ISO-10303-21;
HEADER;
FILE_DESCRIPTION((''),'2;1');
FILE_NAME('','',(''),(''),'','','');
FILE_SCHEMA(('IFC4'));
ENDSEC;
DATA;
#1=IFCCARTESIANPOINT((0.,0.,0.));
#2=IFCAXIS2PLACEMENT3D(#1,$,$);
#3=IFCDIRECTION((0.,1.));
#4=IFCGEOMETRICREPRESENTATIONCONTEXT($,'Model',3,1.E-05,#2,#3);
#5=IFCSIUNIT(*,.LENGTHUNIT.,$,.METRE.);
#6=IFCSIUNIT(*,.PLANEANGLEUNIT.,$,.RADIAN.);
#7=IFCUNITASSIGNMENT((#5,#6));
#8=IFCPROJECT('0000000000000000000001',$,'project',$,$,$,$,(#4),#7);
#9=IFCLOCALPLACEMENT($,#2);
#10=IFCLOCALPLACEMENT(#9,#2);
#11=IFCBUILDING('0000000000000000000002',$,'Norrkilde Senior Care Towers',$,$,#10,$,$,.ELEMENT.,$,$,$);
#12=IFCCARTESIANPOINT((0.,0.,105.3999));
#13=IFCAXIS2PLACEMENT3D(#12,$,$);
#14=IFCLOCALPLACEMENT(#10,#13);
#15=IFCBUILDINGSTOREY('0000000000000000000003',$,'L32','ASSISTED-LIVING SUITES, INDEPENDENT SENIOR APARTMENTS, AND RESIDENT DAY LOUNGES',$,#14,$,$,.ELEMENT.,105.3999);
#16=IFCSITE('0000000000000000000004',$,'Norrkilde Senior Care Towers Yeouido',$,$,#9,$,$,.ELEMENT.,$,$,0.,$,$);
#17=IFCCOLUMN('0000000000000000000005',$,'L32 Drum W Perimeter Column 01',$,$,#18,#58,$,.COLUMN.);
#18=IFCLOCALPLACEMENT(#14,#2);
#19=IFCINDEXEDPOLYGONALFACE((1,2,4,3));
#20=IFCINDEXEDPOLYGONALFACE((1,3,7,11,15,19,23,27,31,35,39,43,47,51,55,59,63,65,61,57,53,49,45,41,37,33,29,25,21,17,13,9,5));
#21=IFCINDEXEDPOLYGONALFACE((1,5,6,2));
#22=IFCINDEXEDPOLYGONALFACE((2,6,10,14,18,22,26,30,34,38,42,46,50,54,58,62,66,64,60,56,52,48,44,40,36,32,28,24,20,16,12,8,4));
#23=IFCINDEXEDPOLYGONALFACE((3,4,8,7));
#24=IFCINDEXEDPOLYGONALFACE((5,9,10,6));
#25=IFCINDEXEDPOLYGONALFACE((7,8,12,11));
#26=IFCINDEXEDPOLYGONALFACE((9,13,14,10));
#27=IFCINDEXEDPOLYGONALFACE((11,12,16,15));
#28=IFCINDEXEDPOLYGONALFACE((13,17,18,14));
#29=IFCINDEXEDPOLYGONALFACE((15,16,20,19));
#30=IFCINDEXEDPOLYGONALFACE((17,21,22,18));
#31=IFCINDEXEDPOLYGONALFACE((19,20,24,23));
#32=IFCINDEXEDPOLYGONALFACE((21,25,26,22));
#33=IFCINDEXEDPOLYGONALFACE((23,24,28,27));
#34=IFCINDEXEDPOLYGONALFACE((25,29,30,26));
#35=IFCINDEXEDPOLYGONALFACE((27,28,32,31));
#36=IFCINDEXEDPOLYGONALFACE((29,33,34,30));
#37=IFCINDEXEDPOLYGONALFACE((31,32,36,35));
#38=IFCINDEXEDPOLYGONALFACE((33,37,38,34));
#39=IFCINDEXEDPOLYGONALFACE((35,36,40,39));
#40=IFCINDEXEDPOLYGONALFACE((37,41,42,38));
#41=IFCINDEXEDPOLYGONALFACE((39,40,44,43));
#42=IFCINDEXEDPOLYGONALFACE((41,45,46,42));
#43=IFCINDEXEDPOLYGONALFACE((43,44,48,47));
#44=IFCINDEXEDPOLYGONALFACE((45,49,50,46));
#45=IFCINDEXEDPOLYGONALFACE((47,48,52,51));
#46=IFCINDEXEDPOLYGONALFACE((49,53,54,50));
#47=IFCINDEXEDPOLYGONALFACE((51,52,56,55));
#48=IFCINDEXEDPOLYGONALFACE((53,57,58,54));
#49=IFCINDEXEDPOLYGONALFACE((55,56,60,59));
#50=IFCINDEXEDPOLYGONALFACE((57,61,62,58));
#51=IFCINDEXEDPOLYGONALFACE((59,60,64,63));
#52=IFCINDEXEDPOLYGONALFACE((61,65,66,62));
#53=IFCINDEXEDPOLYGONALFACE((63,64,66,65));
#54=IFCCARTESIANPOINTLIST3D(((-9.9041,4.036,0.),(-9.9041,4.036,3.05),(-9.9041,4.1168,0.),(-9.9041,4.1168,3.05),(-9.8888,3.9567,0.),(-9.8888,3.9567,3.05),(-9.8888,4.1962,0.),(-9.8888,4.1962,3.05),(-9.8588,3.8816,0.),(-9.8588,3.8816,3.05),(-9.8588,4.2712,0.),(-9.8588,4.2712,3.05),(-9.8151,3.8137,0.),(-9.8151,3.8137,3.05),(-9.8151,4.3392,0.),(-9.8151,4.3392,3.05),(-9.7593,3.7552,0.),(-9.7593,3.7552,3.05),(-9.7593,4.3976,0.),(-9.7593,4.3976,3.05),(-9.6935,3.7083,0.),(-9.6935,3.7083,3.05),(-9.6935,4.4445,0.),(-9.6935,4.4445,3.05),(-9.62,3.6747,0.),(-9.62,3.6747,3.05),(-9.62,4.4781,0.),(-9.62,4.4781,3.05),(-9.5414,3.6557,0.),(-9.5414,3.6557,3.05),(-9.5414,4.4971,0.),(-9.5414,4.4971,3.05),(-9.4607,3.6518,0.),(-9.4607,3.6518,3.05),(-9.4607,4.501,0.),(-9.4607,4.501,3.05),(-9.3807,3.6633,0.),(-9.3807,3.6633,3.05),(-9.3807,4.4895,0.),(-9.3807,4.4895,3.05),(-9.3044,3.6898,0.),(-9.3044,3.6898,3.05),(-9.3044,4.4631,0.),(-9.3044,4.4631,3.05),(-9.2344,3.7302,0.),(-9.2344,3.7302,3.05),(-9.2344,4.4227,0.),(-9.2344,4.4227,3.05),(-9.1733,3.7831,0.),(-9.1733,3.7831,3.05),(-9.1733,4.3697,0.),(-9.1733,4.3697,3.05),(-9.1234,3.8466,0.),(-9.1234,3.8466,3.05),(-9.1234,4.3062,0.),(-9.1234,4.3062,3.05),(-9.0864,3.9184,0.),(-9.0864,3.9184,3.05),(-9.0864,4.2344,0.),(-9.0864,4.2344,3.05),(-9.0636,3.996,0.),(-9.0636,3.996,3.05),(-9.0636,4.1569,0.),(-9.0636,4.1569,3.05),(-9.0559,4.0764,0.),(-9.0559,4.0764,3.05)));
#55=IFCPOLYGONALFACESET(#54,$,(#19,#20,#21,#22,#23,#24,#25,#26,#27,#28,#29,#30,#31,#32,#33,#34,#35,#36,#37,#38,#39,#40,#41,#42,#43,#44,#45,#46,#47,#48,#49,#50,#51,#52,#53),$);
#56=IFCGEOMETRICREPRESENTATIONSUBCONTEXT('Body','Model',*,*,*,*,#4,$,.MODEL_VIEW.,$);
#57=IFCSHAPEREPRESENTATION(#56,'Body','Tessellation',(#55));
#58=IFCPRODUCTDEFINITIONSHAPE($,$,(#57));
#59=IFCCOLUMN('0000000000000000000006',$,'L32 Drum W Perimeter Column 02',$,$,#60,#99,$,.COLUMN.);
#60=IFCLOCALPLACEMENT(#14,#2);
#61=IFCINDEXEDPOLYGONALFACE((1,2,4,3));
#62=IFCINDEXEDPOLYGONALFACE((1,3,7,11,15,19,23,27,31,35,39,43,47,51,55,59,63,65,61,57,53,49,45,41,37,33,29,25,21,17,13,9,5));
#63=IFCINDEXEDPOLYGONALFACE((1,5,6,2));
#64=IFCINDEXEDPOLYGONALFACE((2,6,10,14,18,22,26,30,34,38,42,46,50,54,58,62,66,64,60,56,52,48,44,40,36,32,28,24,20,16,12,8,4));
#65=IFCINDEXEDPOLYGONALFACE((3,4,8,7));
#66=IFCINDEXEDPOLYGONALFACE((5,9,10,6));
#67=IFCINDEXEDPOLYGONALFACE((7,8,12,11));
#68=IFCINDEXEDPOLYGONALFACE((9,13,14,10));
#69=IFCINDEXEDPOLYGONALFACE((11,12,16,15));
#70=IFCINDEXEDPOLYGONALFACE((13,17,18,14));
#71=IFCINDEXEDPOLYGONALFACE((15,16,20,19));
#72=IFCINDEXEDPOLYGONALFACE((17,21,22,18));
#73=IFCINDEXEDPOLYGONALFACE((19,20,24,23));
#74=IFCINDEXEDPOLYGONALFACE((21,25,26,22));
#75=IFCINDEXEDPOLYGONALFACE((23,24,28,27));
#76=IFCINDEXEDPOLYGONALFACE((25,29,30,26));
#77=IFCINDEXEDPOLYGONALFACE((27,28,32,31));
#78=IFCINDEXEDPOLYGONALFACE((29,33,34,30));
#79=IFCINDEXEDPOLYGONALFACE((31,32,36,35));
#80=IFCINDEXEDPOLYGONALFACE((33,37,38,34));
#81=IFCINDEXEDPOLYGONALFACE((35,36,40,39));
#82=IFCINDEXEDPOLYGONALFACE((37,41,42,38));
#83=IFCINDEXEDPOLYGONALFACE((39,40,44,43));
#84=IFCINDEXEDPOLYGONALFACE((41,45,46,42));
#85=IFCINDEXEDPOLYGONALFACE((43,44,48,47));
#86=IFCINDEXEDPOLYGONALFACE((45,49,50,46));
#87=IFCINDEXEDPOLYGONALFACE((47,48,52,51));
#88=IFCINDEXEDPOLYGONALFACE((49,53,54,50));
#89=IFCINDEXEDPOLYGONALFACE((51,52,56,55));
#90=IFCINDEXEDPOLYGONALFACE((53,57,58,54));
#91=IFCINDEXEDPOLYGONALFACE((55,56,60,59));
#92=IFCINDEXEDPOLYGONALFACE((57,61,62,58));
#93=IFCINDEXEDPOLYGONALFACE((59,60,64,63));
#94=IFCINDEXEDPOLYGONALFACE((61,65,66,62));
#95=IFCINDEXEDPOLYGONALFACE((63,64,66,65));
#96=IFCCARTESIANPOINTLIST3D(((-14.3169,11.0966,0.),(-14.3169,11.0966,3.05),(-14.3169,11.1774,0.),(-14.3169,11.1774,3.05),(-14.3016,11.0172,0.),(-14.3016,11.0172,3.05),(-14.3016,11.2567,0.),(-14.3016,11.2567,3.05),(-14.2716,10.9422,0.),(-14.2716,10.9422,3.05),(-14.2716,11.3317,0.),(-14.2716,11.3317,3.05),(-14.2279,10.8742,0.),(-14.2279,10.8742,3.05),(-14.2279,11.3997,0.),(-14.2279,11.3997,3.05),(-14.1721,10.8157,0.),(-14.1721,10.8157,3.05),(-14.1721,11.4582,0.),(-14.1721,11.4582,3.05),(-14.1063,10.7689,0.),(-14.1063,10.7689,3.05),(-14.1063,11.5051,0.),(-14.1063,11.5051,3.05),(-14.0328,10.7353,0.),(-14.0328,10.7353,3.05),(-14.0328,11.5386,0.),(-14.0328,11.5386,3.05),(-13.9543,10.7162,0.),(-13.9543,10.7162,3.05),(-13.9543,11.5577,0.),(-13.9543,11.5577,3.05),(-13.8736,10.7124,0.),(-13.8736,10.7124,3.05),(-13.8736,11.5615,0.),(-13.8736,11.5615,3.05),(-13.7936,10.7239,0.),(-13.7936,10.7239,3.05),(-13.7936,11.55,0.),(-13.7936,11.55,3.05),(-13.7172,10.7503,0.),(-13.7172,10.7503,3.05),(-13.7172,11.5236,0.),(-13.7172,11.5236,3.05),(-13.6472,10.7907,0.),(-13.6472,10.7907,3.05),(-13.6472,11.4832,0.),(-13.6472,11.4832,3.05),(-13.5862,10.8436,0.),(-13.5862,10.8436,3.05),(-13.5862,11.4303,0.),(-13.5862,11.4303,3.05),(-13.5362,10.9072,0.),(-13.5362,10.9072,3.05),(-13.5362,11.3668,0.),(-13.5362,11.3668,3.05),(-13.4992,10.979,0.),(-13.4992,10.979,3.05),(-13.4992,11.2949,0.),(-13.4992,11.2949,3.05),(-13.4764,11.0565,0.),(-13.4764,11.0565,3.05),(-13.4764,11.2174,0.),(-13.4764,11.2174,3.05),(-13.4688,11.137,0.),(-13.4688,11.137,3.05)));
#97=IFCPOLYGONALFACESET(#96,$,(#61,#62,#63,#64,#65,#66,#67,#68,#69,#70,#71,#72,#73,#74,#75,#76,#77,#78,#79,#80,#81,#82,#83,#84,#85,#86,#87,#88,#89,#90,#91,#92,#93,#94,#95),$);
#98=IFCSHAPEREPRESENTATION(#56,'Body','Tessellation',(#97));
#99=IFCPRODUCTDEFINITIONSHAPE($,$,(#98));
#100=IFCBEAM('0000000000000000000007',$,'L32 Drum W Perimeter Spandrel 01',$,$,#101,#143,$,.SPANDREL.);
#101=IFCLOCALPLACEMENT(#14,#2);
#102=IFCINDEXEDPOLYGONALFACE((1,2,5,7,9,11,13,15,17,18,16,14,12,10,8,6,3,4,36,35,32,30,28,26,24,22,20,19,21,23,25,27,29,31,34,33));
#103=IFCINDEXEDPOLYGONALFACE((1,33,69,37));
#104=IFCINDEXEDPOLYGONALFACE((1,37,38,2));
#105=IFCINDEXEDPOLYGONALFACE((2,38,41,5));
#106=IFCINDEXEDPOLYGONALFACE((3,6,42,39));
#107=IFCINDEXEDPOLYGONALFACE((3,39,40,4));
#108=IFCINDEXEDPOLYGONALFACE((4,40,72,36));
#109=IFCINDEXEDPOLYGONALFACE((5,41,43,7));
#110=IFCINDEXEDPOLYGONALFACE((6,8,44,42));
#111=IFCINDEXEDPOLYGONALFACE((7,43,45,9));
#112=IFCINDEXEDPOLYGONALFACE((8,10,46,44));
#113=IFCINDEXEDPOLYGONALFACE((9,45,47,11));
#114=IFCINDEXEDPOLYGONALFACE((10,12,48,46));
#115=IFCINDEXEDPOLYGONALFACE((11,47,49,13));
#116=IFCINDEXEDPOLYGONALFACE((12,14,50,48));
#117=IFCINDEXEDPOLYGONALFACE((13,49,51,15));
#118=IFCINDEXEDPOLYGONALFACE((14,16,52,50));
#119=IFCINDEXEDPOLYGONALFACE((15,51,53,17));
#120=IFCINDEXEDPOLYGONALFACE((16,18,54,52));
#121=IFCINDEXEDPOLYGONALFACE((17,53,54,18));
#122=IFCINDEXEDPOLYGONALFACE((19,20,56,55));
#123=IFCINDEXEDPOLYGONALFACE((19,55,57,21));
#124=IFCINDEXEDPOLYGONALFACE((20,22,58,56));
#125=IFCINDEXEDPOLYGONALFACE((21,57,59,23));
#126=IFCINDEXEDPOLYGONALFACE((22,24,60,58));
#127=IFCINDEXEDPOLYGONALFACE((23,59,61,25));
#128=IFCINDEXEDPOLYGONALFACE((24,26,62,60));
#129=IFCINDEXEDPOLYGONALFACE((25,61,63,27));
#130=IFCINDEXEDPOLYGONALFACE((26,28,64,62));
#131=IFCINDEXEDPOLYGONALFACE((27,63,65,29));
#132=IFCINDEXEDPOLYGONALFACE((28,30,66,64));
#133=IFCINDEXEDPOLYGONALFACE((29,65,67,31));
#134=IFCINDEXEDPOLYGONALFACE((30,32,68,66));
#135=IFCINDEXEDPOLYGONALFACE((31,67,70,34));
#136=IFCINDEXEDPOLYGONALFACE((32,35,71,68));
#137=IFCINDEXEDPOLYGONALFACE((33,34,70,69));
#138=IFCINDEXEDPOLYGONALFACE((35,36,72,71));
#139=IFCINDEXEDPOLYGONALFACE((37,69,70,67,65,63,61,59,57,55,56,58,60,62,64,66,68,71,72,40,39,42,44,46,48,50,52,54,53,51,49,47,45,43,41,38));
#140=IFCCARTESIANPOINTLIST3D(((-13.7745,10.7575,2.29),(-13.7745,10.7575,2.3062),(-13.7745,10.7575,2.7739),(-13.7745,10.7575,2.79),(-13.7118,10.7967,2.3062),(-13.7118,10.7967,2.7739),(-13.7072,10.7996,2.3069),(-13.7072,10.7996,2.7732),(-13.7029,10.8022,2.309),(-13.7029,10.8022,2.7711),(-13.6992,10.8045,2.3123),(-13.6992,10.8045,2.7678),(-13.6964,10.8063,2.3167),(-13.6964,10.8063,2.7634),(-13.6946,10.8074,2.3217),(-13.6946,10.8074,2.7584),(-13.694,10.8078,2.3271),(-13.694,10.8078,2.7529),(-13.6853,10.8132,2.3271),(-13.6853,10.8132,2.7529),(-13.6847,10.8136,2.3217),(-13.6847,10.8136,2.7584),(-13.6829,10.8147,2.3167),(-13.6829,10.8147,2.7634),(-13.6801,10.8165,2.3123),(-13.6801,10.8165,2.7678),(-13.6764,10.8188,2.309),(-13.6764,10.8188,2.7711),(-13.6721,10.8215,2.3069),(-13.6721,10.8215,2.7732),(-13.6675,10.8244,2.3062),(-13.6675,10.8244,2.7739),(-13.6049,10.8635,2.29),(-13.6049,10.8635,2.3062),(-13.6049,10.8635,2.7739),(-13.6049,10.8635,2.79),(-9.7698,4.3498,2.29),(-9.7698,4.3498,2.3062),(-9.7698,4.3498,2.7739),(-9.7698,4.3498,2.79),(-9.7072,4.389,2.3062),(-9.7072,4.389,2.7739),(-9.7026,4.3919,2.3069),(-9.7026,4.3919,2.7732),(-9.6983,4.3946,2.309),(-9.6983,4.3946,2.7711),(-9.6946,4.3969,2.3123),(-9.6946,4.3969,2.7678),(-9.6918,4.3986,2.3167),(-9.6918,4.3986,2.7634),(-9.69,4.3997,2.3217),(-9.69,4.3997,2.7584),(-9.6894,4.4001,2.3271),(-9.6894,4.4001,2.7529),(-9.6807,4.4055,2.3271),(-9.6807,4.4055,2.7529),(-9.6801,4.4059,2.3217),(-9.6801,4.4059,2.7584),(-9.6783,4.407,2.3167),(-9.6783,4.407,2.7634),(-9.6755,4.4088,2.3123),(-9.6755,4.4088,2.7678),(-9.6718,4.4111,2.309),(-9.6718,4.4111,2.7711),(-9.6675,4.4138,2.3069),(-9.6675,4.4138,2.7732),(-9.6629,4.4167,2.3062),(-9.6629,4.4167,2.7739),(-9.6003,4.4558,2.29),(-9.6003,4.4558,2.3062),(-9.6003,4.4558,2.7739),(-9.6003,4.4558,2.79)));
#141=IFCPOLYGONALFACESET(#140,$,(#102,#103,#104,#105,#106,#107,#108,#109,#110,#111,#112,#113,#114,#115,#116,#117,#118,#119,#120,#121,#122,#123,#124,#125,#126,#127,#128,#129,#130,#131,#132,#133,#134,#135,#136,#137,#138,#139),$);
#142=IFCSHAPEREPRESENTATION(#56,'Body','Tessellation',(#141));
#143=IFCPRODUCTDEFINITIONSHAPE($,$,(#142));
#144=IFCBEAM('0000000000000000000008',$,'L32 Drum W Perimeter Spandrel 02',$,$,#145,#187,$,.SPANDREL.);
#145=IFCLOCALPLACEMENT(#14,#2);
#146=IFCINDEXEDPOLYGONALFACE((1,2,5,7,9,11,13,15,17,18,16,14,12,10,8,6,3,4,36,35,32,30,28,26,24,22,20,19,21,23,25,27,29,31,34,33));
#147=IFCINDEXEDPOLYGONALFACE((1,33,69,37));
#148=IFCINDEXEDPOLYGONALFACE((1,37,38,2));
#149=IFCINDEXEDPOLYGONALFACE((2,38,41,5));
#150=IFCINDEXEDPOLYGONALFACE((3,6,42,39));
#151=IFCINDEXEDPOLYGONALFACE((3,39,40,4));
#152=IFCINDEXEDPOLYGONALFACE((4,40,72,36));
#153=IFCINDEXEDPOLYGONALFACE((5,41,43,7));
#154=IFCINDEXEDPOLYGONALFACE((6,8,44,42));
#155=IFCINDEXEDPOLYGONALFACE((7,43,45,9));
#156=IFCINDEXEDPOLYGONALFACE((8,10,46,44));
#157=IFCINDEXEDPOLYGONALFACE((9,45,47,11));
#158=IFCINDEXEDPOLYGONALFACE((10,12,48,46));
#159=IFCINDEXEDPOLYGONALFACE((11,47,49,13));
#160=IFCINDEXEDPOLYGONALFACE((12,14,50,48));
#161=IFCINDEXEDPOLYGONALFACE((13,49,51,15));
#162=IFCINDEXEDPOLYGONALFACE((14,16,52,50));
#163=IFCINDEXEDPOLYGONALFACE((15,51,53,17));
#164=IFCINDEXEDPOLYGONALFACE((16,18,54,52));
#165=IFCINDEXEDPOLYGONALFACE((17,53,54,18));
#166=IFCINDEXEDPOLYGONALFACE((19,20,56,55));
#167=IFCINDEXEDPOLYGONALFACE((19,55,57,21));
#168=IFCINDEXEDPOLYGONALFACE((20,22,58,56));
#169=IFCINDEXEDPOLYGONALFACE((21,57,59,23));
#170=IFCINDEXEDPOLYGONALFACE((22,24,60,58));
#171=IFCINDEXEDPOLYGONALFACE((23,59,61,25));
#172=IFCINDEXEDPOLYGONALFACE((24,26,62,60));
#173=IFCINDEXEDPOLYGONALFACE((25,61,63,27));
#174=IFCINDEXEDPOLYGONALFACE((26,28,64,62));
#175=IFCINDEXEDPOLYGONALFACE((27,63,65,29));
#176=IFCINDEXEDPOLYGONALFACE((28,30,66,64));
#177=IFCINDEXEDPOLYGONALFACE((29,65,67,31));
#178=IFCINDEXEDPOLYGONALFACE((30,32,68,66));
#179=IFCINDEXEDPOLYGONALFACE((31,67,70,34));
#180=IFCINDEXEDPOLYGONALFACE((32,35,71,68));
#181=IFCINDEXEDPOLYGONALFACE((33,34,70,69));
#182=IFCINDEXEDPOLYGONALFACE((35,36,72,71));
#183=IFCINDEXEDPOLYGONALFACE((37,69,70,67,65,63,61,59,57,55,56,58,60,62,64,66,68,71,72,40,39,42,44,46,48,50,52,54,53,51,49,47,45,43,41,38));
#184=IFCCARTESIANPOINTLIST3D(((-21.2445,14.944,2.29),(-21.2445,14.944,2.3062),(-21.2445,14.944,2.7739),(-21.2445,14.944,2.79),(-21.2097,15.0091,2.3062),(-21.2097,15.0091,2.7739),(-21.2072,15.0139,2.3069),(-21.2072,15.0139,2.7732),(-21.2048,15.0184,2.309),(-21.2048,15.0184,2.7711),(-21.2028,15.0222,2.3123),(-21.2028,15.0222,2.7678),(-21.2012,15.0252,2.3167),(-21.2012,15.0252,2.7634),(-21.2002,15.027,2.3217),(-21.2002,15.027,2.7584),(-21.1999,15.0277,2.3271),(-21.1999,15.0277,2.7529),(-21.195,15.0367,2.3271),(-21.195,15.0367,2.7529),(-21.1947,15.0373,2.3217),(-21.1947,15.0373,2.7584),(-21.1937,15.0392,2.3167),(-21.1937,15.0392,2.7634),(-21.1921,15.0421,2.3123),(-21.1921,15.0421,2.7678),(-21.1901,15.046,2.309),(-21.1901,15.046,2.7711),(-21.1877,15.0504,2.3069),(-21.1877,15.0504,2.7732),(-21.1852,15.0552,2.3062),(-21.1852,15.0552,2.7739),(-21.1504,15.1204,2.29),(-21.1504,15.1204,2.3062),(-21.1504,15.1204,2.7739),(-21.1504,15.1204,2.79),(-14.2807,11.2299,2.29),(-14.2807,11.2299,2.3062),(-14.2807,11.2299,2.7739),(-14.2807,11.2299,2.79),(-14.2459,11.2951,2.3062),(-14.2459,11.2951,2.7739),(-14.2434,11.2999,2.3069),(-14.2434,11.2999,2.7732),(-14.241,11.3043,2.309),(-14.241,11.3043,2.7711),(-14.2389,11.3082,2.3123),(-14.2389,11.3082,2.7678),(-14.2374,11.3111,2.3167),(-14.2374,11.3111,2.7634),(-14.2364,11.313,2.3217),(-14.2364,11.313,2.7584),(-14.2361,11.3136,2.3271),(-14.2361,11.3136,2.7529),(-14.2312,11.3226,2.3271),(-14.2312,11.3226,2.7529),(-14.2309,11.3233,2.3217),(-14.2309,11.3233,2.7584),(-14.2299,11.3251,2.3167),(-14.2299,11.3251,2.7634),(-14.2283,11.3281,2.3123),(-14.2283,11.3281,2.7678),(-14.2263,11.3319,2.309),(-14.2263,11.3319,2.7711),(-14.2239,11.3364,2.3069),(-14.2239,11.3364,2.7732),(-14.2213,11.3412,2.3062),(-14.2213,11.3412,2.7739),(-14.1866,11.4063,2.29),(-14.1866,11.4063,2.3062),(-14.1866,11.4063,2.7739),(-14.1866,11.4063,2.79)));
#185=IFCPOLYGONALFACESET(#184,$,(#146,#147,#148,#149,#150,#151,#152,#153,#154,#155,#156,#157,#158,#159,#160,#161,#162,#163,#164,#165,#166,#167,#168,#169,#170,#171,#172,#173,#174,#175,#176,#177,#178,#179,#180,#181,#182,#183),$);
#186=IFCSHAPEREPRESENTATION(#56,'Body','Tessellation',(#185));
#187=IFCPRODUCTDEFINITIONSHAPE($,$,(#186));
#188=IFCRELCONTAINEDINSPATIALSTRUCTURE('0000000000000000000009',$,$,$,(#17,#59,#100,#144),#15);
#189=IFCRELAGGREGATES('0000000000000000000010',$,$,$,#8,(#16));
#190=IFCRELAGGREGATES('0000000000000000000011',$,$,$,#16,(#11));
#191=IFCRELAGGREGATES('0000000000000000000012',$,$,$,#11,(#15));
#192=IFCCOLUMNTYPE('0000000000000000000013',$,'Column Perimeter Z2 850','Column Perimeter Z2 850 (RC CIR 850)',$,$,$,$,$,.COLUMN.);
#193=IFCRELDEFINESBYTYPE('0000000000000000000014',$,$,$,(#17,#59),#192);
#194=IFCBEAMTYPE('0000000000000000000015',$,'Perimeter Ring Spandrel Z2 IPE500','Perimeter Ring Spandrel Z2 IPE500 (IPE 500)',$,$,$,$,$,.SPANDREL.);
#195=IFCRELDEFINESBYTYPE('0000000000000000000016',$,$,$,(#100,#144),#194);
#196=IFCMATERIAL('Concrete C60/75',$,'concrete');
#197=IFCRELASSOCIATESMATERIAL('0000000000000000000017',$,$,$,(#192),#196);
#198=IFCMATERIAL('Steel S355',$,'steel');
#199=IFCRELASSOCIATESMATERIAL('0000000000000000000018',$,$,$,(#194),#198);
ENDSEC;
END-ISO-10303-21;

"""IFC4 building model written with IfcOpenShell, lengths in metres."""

from ifc_helpers import new_model, si_unit, direction, frame, origin, origin_2d, place, context, subcontext, project, spatial, circle, i_section, extrude, source, transform, mapped, material, material_profile, profile_set, type_object, type_shapes, element, save


model = new_model("IFC4")

# Units and contexts
model_context = context("Model", 3, precision=1e-05, world=origin(), true_north=direction((0.0, 1.0)))
body_context = subcontext(model_context, "Body", "Model", "MODEL_VIEW")
ifc_project = project(units=[si_unit("LENGTHUNIT", "METRE"), si_unit("PLANEANGLEUNIT", "RADIAN")], contexts=[model_context])

# Site, building, storey
site_placement = place(None, origin())
site = spatial("IfcSite", under=ifc_project, at=site_placement, Name="Norrkilde Senior Care Towers Yeouido", CompositionType="ELEMENT", RefElevation=0.0)
building_placement = place(site_placement, origin())
building = spatial("IfcBuilding", under=site, at=building_placement, Name="Norrkilde Senior Care Towers", CompositionType="ELEMENT")
storey_placement = place(building_placement, frame((0.0, 0.0, 105.3999)))
storey = spatial("IfcBuildingStorey", under=building, at=storey_placement, Name="L32", Description="ASSISTED-LIVING SUITES, INDEPENDENT SENIOR APARTMENTS, AND RESIDENT DAY LOUNGES", CompositionType="ELEMENT", Elevation=105.3999)

# Columns
ifc_material_1 = material(Name="Concrete C60/75", Category="concrete")
ifc_material_profile_1 = material_profile(ifc_material_1, circle(Radius=0.425, at=origin_2d()), Name="RC CIR 850")
ifc_profile_set_1 = profile_set([ifc_material_profile_1], Name="Concrete C60/75")
column_type = type_object("IfcColumnType", Name="Column Perimeter Z2 850", Description="Column Perimeter Z2 850 (RC CIR 850)", PredefinedType="COLUMN", material=ifc_profile_set_1)
shared_shape_1 = source(origin(), body_context, "Body", "SweptSolid", [
    extrude(circle(Radius=0.425, at=origin_2d()), origin(), (0.0, 0.0, 1.0), 3.05),
])
type_shapes(column_type, [shared_shape_1])
for number, where, z_axis, x_axis, name in (
    (1, (-9.481, 4.0764, 0.0), (0.0, 0.0, 1.0), (1.0, 0.0, 0.0), "L32 Drum W Perimeter Column 01"),
    (2, (-13.8938, 11.137, 0.0), (0.0, 0.0, 1.0), (1.0, 0.0, 0.0), "L32 Drum W Perimeter Column 02"),
):
    element("IfcColumn", number, at=place(storey_placement, frame(where, z_axis=z_axis, x_axis=x_axis)), inside=storey, type_object=column_type, Name=name, PredefinedType="COLUMN", context=body_context, shape_type="MappedRepresentation", body=[
        mapped(shared_shape_1, transform((0.0, 0.0, 0.0), x_axis=(1.0, 0.0, 0.0), y_axis=(0.0, 1.0, 0.0), z_axis=(0.0, 0.0, 1.0), scale=1.0)),
    ])

# Beams
ifc_material_2 = material(Name="Steel S355", Category="steel")
ifc_material_profile_2 = material_profile(ifc_material_2, i_section(OverallWidth=0.2, OverallDepth=0.5, WebThickness=0.0103, FlangeThickness=0.0161, FilletRadius=0.021, at=origin_2d()), Name="IPE 500")
ifc_profile_set_2 = profile_set([ifc_material_profile_2], Name="Steel S355")
beam_type_1 = type_object("IfcBeamType", Name="Perimeter Ring Spandrel Z2 IPE500", Description="Perimeter Ring Spandrel Z2 IPE500 (IPE 500)", PredefinedType="SPANDREL", material=ifc_profile_set_2)
shared_shape_2 = source(origin(), body_context, "Body", "SweptSolid", [
    extrude(i_section(OverallWidth=0.2, OverallDepth=0.5, WebThickness=0.0103, FlangeThickness=0.0161, FilletRadius=0.021, at=origin_2d()), origin(), (0.0, 0.0, 1.0), 7.5562),
])
beam_1_placement = place(storey_placement, frame((-9.6851, 4.4028, 2.54), z_axis=(-0.529982, 0.848009, 0.0), x_axis=(-0.848009, -0.529982, 0.0)))
element("IfcBeam", 3, at=beam_1_placement, inside=storey, type_object=beam_type_1, Name="L32 Drum W Perimeter Spandrel 01", PredefinedType="SPANDREL", context=body_context, shape_type="MappedRepresentation", body=[
    mapped(shared_shape_2, transform((0.0, 0.0, 0.0), x_axis=(1.0, 0.0, 0.0), y_axis=(0.0, 1.0, 0.0), z_axis=(0.0, 0.0, 1.0), scale=1.0)),
])
shared_shape_3 = source(origin(), body_context, "Body", "SweptSolid", [
    extrude(i_section(OverallWidth=0.2, OverallDepth=0.5, WebThickness=0.0103, FlangeThickness=0.0161, FilletRadius=0.021, at=origin_2d()), origin(), (0.0, 0.0, 1.0), 7.8923),
])
type_shapes(beam_type_1, [shared_shape_2, shared_shape_3])
beam_2_placement = place(storey_placement, frame((-14.2336, 11.3181, 2.54), z_axis=(-0.88235, 0.470593, 0.0), x_axis=(-0.470593, -0.88235, 0.0)))
element("IfcBeam", 4, at=beam_2_placement, inside=storey, type_object=beam_type_1, Name="L32 Drum W Perimeter Spandrel 02", PredefinedType="SPANDREL", context=body_context, shape_type="MappedRepresentation", body=[
    mapped(shared_shape_3, transform((0.0, 0.0, 0.0), x_axis=(1.0, 0.0, 0.0), y_axis=(0.0, 1.0, 0.0), z_axis=(0.0, 0.0, 1.0), scale=1.0)),
])

save(model, "model.ifc")
